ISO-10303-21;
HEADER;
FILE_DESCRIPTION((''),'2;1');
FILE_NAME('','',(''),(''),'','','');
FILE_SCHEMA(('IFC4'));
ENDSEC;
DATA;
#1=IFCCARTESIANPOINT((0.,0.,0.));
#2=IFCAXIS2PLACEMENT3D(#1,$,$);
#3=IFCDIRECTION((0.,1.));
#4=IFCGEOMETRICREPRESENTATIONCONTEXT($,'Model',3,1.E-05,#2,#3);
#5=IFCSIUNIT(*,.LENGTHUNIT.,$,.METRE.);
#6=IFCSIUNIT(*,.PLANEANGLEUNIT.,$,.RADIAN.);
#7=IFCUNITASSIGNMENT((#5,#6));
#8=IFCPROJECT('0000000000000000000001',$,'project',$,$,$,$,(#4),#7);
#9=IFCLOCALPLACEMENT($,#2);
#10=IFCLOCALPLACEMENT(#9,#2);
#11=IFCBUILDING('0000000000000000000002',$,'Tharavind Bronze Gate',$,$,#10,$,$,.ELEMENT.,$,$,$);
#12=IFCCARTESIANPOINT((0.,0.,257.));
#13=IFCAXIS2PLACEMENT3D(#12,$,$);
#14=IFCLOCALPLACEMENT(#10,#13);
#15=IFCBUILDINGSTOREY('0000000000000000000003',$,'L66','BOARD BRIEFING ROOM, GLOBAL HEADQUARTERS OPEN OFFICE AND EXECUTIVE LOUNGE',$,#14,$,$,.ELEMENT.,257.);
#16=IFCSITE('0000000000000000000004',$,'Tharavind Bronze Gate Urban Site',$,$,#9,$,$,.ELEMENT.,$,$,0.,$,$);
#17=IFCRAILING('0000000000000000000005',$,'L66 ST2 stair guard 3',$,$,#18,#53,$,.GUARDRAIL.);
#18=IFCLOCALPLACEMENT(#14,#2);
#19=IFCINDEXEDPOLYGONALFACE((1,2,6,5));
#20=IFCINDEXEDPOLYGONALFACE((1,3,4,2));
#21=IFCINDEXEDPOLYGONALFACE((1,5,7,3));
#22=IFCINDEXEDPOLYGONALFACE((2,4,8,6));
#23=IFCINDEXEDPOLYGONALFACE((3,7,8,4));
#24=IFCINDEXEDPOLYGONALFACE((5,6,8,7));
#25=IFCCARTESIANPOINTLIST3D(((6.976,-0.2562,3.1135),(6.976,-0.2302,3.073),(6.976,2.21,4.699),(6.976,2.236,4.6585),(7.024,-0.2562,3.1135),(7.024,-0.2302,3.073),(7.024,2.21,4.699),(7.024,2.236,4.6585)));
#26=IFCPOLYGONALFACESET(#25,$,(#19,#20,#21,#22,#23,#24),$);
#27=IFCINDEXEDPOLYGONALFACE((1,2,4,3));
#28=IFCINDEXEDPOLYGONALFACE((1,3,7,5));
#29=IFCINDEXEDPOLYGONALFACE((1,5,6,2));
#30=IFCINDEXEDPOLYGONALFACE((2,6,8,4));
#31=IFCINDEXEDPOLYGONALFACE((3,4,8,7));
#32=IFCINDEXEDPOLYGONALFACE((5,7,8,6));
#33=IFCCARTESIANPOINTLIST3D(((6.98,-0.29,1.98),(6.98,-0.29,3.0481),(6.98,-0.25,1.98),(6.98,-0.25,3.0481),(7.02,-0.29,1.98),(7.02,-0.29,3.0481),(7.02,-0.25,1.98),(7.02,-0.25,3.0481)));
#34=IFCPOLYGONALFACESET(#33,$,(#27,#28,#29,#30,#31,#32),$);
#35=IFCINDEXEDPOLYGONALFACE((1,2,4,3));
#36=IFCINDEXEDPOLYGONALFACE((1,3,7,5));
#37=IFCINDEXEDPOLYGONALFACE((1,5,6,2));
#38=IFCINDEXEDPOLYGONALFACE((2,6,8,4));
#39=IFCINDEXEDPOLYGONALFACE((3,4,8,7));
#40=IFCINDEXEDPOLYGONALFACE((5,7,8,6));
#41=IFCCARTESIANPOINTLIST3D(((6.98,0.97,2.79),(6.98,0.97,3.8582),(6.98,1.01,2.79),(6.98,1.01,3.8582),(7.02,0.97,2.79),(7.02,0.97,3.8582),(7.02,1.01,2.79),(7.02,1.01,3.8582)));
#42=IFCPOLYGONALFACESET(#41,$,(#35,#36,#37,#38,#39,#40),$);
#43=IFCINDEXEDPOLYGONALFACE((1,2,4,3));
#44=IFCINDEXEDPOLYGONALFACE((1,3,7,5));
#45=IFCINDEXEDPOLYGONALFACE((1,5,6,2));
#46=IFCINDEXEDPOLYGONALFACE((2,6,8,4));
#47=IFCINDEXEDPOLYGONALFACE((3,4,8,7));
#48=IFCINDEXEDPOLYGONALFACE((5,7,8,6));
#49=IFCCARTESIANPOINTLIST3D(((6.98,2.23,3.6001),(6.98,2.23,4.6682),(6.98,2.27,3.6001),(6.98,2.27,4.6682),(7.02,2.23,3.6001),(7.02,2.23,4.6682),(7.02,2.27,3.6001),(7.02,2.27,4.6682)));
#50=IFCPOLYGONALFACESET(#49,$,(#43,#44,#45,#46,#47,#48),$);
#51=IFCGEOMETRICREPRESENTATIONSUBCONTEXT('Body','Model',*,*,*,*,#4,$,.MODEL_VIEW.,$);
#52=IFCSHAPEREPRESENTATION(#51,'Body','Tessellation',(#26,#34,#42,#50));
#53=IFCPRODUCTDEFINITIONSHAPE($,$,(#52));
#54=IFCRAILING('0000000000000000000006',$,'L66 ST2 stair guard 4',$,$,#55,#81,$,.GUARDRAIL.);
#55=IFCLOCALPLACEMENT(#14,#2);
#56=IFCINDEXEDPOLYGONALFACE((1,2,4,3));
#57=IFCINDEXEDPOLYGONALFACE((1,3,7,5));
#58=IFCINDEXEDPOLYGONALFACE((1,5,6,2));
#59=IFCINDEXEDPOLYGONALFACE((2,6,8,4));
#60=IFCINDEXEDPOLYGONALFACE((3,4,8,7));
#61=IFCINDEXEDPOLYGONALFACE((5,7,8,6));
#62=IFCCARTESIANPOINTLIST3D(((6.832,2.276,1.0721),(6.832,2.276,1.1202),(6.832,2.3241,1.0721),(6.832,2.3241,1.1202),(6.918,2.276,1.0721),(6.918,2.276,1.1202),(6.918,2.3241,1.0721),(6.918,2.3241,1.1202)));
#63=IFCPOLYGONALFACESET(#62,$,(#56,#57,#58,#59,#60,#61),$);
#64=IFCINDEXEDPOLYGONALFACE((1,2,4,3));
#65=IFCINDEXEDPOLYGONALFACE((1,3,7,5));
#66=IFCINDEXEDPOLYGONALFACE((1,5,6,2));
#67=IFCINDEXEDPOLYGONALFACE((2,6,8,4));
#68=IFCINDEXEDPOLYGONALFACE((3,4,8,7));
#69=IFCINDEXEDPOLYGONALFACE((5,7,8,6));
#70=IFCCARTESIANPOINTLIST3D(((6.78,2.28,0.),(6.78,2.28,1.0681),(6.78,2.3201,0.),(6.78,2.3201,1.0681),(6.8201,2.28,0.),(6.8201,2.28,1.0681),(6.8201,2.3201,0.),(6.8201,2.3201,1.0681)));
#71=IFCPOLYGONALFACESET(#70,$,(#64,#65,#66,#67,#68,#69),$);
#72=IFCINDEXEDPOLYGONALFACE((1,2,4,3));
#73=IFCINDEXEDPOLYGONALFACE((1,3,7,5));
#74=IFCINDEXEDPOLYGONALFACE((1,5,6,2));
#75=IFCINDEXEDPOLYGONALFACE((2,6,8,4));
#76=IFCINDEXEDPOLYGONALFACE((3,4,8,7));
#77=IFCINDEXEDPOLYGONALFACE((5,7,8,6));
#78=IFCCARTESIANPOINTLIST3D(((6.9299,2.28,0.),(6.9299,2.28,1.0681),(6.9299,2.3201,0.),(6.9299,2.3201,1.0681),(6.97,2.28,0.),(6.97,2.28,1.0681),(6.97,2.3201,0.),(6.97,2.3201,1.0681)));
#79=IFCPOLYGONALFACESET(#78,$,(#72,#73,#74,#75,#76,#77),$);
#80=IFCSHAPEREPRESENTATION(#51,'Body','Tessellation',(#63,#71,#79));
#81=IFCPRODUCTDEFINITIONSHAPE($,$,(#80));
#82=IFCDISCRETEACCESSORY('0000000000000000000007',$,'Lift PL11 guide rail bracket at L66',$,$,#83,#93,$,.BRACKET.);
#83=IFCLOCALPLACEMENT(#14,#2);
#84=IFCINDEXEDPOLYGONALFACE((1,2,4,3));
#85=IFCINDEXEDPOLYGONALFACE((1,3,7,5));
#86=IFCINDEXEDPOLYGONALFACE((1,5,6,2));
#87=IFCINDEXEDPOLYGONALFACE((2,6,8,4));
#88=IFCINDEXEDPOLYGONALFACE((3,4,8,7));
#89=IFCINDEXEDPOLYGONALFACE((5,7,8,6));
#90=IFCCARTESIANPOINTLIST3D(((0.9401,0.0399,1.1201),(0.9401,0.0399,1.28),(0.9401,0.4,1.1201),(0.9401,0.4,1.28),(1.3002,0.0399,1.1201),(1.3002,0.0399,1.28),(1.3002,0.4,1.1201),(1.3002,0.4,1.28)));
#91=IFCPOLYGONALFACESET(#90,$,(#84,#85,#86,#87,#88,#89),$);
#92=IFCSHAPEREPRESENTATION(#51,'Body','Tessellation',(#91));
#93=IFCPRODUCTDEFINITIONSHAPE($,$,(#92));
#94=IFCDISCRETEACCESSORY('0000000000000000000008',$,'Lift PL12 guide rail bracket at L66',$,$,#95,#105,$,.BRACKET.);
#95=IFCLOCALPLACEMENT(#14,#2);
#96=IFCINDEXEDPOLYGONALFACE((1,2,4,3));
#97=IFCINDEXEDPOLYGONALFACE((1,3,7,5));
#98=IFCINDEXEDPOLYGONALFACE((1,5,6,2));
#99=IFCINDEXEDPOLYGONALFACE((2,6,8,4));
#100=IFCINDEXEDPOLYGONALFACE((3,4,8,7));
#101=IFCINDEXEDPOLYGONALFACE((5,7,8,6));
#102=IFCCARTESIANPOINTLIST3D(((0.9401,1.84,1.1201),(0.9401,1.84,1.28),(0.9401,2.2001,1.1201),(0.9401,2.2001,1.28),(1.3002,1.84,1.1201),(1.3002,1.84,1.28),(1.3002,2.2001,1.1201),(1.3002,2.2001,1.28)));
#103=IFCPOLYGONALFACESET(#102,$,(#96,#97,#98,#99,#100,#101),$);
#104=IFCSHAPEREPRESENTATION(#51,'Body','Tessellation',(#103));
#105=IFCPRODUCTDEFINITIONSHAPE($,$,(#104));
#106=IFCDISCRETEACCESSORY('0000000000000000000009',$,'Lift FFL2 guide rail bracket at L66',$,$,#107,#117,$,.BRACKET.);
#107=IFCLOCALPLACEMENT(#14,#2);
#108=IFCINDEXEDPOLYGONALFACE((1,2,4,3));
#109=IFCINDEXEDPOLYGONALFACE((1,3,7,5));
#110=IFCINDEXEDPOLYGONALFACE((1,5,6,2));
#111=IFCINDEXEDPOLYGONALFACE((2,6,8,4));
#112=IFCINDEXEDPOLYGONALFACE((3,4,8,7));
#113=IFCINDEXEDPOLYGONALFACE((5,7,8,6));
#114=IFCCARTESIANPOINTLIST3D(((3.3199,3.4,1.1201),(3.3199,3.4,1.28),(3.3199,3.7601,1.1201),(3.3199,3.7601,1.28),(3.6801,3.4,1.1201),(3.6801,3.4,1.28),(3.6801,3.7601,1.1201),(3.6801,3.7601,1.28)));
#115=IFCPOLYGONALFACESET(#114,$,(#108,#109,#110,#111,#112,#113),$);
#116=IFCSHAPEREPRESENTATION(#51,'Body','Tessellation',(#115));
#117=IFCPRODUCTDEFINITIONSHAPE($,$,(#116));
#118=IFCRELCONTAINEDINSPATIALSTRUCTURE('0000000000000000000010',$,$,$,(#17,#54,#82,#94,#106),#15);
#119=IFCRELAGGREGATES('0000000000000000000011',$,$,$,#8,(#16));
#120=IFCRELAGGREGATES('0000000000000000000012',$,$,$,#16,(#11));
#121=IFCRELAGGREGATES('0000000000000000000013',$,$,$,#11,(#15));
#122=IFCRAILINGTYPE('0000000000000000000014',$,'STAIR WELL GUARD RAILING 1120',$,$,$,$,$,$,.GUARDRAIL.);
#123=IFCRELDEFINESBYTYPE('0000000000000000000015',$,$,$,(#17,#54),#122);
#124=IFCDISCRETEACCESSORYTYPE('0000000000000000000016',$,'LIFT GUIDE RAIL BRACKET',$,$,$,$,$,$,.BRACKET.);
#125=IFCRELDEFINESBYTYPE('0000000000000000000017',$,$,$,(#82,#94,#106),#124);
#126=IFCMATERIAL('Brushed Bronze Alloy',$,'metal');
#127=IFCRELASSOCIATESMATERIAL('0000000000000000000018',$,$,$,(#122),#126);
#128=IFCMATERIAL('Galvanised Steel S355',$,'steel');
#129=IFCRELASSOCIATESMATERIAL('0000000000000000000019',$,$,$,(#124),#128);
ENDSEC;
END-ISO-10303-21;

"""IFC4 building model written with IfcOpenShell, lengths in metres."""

from ifc_helpers import new_model, si_unit, direction, frame, origin, origin_2d, place, context, subcontext, project, spatial, rectangle, extrude, material, type_object, element, save


model = new_model("IFC4")

# Units and contexts
model_context = context("Model", 3, precision=1e-05, world=origin(), true_north=direction((0.0, 1.0)))
body_context = subcontext(model_context, "Body", "Model", "MODEL_VIEW")
ifc_project = project(units=[si_unit("LENGTHUNIT", "METRE"), si_unit("PLANEANGLEUNIT", "RADIAN")], contexts=[model_context])

# Site, building, storey
site_placement = place(None, origin())
site = spatial("IfcSite", under=ifc_project, at=site_placement, Name="Tharavind Bronze Gate Urban Site", CompositionType="ELEMENT", RefElevation=0.0)
building_placement = place(site_placement, origin())
building = spatial("IfcBuilding", under=site, at=building_placement, Name="Tharavind Bronze Gate", CompositionType="ELEMENT")
storey_placement = place(building_placement, frame((0.0, 0.0, 257.0)))
storey = spatial("IfcBuildingStorey", under=building, at=storey_placement, Name="L66", Description="BOARD BRIEFING ROOM, GLOBAL HEADQUARTERS OPEN OFFICE AND EXECUTIVE LOUNGE", CompositionType="ELEMENT", Elevation=257.0)

# Railings
ifc_material_1 = material(Name="Brushed Bronze Alloy", Category="metal")
railing_type_1 = type_object("IfcRailingType", Name="STAIR WELL GUARD RAILING 1120", PredefinedType="GUARDRAIL", material=ifc_material_1)
railing_1_placement = place(storey_placement, frame((7.0, -0.27, 1.98)))
element("IfcRailing", 1, at=railing_1_placement, inside=storey, type_object=railing_type_1, Name="L66 ST2 stair guard 3", PredefinedType="GUARDRAIL", context=body_context, shape_type="SweptSolid", body=[
    extrude(rectangle(XDim=0.0481, YDim=0.0481, at=origin_2d()), frame((0.0, 0.0269, 1.1133), z_axis=(0.0, 0.841163, 0.540782), x_axis=(-1.0, 0.0, 0.0)), (0.0, 0.0, 1.0), 2.9319),
    extrude(rectangle(XDim=0.04, YDim=0.04, at=origin_2d()), origin(), (0.0, 0.0, 1.0), 1.0681),
    extrude(rectangle(XDim=0.04, YDim=0.04, at=origin_2d()), frame((0.0, 1.26, 0.8101)), (0.0, 0.0, 1.0), 1.0681),
    extrude(rectangle(XDim=0.04, YDim=0.04, at=origin_2d()), frame((0.0, 2.52, 1.6201)), (0.0, 0.0, 1.0), 1.0681),
])
railing_2_placement = place(storey_placement, frame((6.8, 2.3, 0.0)))
element("IfcRailing", 2, at=railing_2_placement, inside=storey, type_object=railing_type_1, Name="L66 ST2 stair guard 4", PredefinedType="GUARDRAIL", context=body_context, shape_type="SweptSolid", body=[
    extrude(rectangle(XDim=0.0481, YDim=0.0481, at=origin_2d()), frame((0.032, 0.0, 1.0962), z_axis=(1.0, 0.0, 0.0), x_axis=(0.0, 1.0, 0.0)), (0.0, 0.0, 1.0), 0.0859),
    extrude(rectangle(XDim=0.04, YDim=0.04, at=origin_2d()), origin(), (0.0, 0.0, 1.0), 1.0681),
    extrude(rectangle(XDim=0.04, YDim=0.04, at=origin_2d()), frame((0.1499, 0.0, 0.0)), (0.0, 0.0, 1.0), 1.0681),
])

# Discrete accessories
ifc_material_2 = material(Name="Galvanised Steel S355", Category="steel")
discrete_accessory_type = type_object("IfcDiscreteAccessoryType", Name="LIFT GUIDE RAIL BRACKET", PredefinedType="BRACKET", material=ifc_material_2)
for number, where, z_axis, x_axis, name in (
    (3, (1.1201, 0.22, 1.1201), (0.0, 0.0, 1.0), (1.0, 0.0, 0.0), "Lift PL11 guide rail bracket at L66"),
    (4, (1.1201, 2.02, 1.1201), (0.0, 0.0, 1.0), (1.0, 0.0, 0.0), "Lift PL12 guide rail bracket at L66"),
    (5, (3.5, 3.5801, 1.1201), (0.0, 0.0, 1.0), (1.0, 0.0, 0.0), "Lift FFL2 guide rail bracket at L66"),
):
    element("IfcDiscreteAccessory", number, at=place(storey_placement, frame(where, z_axis=z_axis, x_axis=x_axis)), inside=storey, type_object=discrete_accessory_type, Name=name, PredefinedType="BRACKET", context=body_context, shape_type="SweptSolid", body=[
        extrude(rectangle(XDim=0.3601, YDim=0.3601, at=origin_2d()), origin(), (0.0, 0.0, 1.0), 0.1599),
    ])

save(model, "model.ifc")
